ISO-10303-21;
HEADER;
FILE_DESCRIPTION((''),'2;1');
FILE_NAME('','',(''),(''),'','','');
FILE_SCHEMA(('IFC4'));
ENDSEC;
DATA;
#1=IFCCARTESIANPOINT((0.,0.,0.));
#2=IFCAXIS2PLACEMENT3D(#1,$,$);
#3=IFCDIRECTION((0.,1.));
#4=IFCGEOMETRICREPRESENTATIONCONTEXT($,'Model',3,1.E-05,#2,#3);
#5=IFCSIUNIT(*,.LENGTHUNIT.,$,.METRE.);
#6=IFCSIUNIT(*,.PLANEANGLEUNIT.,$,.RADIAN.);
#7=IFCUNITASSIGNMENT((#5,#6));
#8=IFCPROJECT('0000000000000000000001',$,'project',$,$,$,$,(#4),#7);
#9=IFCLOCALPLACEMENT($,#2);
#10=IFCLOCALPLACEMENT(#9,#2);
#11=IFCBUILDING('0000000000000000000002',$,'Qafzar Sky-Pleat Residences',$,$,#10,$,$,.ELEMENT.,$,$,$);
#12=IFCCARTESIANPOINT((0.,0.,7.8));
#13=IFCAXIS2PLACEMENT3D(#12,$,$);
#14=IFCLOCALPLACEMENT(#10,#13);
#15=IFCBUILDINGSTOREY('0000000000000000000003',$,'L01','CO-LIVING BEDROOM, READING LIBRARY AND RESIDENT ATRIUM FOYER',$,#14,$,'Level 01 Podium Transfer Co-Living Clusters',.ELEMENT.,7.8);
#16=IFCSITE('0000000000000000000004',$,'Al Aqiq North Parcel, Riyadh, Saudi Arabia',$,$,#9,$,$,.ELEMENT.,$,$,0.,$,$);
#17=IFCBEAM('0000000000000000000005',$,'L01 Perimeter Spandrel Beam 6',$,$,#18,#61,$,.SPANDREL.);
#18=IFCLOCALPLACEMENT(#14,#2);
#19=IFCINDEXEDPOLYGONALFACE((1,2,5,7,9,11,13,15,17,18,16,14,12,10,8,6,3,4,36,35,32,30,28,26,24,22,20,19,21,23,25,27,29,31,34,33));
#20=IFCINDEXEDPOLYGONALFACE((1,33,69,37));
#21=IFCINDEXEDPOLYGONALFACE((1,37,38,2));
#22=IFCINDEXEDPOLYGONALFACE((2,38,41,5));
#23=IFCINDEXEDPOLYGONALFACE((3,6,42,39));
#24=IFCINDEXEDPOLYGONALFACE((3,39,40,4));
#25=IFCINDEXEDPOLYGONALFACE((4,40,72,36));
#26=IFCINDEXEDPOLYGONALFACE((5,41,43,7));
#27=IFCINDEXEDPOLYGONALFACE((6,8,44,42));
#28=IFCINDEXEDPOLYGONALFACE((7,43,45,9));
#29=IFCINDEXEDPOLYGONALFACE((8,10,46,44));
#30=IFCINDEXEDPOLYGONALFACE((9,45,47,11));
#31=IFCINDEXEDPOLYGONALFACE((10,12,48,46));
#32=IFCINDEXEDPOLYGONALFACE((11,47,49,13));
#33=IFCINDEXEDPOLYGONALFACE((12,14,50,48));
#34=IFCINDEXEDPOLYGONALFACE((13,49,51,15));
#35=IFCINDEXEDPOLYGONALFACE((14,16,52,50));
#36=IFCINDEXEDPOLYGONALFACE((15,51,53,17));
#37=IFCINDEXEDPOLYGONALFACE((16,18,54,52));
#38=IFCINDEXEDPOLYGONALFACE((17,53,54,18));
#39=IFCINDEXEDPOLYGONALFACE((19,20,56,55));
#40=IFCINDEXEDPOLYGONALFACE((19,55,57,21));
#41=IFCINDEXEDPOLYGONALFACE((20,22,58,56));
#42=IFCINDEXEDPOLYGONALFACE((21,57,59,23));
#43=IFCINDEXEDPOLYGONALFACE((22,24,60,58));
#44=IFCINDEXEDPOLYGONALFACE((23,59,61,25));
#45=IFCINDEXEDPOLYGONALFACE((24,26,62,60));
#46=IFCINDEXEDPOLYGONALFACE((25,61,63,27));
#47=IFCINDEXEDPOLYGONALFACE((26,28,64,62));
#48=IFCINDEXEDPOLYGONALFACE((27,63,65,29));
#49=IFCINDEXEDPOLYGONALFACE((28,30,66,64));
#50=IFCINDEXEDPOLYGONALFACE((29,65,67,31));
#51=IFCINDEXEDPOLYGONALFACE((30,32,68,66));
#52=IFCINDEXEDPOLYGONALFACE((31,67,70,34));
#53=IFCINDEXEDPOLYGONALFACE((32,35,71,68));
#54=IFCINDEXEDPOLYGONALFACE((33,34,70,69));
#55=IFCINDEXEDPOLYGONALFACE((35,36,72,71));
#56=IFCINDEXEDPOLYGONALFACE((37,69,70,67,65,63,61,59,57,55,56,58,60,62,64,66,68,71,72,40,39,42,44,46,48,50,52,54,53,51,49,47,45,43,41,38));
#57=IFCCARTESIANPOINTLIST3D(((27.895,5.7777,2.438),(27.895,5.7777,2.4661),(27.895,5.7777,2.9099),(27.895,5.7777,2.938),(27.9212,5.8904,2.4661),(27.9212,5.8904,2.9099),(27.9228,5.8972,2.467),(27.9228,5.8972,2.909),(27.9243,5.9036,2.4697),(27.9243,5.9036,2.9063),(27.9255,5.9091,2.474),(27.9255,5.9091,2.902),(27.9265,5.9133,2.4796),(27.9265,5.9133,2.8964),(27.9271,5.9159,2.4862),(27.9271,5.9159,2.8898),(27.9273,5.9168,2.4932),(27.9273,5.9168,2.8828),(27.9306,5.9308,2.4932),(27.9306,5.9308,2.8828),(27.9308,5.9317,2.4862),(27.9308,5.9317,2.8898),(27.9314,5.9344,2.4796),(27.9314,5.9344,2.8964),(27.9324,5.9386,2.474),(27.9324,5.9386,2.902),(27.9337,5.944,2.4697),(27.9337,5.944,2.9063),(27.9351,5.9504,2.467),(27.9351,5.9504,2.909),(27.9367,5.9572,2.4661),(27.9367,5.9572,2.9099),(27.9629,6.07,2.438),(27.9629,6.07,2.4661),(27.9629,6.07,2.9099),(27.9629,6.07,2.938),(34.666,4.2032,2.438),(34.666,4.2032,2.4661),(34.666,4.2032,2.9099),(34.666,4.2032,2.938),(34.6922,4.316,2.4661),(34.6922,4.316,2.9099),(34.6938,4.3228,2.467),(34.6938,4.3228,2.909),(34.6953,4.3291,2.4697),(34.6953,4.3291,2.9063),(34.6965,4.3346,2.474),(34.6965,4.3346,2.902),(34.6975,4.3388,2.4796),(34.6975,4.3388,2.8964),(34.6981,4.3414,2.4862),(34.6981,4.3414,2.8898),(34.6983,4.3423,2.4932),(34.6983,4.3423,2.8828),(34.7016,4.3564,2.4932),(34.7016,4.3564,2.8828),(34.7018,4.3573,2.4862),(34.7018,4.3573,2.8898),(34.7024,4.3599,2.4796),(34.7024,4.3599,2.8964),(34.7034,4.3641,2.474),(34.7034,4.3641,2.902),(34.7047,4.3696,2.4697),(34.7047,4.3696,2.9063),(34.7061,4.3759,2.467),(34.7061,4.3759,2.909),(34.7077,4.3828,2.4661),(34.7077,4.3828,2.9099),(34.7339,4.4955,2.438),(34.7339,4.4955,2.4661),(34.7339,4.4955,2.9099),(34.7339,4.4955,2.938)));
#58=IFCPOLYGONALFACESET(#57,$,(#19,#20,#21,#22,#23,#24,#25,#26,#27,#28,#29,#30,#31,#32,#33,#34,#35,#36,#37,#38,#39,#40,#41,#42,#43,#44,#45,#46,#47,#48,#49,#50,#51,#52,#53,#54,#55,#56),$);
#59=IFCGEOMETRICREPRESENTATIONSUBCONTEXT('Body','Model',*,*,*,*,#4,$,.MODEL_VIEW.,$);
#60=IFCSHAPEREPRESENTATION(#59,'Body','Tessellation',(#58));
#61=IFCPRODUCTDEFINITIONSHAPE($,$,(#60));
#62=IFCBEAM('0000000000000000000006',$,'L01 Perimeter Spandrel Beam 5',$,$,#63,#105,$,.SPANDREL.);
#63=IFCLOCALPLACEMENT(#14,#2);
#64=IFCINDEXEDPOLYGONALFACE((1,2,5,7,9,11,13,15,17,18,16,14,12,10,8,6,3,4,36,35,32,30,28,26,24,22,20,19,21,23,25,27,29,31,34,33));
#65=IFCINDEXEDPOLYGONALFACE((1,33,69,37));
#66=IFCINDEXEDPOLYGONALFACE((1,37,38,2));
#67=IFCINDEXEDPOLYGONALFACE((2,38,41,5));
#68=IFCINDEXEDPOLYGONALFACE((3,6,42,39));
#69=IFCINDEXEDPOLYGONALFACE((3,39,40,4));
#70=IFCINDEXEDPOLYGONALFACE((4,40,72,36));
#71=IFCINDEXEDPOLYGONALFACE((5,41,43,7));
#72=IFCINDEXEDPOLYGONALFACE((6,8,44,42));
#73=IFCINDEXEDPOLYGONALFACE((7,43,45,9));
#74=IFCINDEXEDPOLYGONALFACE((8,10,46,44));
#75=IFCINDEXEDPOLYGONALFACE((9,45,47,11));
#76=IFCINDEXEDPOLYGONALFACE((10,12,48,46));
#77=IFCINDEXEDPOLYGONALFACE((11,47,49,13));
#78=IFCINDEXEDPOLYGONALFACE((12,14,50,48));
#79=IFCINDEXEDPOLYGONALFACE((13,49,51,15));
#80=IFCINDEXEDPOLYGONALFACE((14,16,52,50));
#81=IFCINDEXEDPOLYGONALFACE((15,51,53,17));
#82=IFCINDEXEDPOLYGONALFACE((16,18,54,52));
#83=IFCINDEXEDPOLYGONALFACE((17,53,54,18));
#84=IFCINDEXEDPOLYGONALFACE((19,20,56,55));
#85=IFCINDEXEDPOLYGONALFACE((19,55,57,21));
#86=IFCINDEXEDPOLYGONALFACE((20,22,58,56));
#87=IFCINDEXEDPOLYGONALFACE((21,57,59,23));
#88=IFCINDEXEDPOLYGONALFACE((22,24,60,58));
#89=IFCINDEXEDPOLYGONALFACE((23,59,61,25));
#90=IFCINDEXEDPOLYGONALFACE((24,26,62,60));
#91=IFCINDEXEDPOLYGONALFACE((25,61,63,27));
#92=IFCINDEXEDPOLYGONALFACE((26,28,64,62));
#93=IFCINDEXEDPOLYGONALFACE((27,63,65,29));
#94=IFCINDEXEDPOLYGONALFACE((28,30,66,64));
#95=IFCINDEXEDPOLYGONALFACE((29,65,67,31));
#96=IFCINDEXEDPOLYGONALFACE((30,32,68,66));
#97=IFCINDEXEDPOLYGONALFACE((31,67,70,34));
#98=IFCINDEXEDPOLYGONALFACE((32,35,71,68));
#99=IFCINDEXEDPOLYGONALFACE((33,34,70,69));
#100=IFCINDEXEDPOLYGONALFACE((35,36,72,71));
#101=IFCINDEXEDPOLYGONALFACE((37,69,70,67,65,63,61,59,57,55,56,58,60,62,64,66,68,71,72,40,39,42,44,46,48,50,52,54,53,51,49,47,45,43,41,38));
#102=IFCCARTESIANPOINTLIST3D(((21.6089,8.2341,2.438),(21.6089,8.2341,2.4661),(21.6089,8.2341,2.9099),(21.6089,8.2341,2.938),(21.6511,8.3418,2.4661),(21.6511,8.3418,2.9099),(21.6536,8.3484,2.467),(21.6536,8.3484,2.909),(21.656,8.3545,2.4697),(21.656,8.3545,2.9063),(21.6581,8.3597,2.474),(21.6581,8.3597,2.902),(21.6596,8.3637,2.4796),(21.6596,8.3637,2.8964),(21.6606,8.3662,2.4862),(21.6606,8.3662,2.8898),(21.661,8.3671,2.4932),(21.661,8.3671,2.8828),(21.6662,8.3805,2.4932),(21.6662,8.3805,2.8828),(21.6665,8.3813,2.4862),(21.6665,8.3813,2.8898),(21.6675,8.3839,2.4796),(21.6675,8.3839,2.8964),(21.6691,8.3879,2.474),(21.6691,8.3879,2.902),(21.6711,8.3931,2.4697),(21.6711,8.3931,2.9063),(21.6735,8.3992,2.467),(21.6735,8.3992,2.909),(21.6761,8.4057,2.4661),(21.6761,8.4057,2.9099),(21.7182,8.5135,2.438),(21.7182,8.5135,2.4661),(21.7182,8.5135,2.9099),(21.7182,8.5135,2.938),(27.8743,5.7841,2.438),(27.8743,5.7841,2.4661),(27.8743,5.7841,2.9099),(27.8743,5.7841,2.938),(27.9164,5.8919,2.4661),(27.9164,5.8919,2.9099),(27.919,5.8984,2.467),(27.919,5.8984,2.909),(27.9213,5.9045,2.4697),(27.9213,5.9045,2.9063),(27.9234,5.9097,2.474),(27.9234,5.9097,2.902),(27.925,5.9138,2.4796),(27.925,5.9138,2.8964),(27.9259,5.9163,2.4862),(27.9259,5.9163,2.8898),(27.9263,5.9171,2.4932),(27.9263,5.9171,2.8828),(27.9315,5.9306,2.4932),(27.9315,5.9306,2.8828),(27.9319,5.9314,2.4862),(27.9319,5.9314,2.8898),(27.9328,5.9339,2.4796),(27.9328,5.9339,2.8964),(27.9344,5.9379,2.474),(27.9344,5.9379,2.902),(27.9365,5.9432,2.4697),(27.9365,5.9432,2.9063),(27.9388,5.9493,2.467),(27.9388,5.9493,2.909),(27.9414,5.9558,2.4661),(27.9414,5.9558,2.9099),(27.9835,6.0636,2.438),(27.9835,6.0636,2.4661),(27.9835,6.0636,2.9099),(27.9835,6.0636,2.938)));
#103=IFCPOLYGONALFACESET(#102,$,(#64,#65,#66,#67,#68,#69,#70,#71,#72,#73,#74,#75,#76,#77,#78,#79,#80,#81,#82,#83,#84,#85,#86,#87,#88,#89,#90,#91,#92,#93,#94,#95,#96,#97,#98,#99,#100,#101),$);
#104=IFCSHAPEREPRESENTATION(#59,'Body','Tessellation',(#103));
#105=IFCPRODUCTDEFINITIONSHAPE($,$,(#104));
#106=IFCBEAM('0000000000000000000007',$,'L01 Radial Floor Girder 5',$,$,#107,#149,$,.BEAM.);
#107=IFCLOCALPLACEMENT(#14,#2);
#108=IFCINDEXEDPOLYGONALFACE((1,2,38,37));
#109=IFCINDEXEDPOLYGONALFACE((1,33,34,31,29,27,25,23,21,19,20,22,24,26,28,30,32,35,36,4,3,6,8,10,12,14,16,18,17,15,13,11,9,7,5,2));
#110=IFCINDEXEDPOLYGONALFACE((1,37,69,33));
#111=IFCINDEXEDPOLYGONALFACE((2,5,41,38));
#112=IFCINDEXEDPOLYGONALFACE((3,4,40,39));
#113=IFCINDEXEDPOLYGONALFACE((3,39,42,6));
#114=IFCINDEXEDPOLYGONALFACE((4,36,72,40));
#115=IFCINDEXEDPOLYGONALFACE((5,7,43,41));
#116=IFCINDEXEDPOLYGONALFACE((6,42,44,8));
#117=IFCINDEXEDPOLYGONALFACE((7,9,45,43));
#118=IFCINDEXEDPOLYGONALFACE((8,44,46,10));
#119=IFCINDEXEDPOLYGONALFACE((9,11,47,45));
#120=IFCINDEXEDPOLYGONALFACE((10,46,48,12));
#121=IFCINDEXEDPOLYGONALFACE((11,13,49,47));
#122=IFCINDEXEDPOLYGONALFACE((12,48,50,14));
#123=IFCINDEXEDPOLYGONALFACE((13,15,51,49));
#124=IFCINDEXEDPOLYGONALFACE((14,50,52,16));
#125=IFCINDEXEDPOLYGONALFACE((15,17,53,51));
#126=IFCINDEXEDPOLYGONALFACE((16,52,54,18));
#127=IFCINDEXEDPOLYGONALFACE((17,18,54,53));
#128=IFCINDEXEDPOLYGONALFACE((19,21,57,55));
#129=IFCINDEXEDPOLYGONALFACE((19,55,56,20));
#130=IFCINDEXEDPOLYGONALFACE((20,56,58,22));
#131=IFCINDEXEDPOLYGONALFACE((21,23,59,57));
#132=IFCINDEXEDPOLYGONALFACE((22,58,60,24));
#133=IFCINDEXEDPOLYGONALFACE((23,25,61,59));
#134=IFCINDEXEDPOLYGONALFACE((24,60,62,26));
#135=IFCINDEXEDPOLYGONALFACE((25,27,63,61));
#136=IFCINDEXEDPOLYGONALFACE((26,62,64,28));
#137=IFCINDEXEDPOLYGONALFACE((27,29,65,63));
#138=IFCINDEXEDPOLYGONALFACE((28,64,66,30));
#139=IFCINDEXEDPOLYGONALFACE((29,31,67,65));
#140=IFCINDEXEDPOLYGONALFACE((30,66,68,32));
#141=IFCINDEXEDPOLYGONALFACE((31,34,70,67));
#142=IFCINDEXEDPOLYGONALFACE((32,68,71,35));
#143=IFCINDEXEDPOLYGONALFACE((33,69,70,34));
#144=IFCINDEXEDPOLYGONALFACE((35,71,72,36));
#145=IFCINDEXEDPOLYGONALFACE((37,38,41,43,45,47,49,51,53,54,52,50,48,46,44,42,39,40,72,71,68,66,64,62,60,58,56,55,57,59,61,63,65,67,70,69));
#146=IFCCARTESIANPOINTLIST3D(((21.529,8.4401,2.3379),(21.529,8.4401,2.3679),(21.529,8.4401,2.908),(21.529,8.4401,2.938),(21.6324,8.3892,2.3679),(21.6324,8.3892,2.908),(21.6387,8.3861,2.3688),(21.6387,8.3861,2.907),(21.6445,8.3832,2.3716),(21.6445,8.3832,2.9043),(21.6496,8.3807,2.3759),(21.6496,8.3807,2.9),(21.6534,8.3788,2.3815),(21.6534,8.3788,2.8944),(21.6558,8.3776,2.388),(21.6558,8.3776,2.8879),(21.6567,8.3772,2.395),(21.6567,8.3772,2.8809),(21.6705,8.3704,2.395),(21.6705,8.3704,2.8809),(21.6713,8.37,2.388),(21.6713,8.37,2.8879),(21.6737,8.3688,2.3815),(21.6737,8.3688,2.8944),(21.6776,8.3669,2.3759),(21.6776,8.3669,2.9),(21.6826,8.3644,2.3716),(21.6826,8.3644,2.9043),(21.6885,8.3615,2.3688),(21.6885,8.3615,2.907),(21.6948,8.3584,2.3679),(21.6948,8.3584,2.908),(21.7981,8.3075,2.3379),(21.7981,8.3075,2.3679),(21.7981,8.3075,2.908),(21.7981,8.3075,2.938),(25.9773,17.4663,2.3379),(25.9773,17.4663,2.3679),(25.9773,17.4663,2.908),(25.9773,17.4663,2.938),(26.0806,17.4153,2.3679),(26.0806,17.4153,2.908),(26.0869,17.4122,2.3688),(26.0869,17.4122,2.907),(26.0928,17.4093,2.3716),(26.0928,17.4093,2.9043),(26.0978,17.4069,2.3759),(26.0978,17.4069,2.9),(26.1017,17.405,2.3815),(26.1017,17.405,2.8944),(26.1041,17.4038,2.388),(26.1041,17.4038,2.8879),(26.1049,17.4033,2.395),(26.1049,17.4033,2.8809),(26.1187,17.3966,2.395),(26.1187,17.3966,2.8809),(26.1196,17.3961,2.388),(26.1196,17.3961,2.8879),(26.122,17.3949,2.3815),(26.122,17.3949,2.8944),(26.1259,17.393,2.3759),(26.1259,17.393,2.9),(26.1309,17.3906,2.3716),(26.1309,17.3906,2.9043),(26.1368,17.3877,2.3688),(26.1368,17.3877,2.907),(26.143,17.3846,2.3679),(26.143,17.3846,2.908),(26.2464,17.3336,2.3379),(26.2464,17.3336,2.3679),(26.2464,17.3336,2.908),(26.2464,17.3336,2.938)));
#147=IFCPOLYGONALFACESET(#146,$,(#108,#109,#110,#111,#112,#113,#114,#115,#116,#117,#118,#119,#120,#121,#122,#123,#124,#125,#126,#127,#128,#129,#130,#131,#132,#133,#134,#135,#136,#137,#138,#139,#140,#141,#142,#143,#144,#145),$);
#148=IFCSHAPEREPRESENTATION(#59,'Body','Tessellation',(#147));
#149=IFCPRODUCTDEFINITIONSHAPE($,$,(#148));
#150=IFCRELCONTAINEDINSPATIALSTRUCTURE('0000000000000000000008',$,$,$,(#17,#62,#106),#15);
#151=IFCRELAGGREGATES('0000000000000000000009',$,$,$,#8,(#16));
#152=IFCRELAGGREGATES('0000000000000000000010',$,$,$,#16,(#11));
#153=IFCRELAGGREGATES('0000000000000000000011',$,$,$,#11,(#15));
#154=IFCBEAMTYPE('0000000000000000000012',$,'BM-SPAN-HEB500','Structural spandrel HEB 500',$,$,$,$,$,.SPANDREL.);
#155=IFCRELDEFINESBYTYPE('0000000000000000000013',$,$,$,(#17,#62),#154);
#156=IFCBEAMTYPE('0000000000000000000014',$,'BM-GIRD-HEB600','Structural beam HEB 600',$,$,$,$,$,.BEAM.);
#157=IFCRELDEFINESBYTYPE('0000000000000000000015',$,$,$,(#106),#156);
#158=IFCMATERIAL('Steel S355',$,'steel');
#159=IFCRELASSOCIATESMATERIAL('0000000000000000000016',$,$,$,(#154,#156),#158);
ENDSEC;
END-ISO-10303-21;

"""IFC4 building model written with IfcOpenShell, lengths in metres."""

from ifc_helpers import new_model, si_unit, direction, frame, origin, origin_2d, place, context, subcontext, project, spatial, i_section, extrude, source, transform, mapped, material, material_profile, profile_set, type_object, element, save


model = new_model("IFC4")

# Units and contexts
model_context = context("Model", 3, precision=1e-05, world=origin(), true_north=direction((0.0, 1.0)))
body_context = subcontext(model_context, "Body", "Model", "MODEL_VIEW")
ifc_project = project(units=[si_unit("LENGTHUNIT", "METRE"), si_unit("PLANEANGLEUNIT", "RADIAN")], contexts=[model_context])

# Site, building, storey
site_placement = place(None, origin())
site = spatial("IfcSite", under=ifc_project, at=site_placement, Name="Al Aqiq North Parcel, Riyadh, Saudi Arabia", CompositionType="ELEMENT", RefElevation=0.0)
building_placement = place(site_placement, origin())
building = spatial("IfcBuilding", under=site, at=building_placement, Name="Qafzar Sky-Pleat Residences", CompositionType="ELEMENT")
storey_placement = place(building_placement, frame((0.0, 0.0, 7.8)))
storey = spatial("IfcBuildingStorey", under=building, at=storey_placement, Name="L01", Description="CO-LIVING BEDROOM, READING LIBRARY AND RESIDENT ATRIUM FOYER", LongName="Level 01 Podium Transfer Co-Living Clusters", CompositionType="ELEMENT", Elevation=7.8)

# Beams
ifc_material_1 = material(Name="Steel S355", Category="steel")
ifc_material_profile_1 = material_profile(ifc_material_1, i_section(OverallWidth=0.3, OverallDepth=0.5, WebThickness=0.0144, FlangeThickness=0.0281, FilletRadius=0.0271, at=origin_2d()), Name="HEB 500")
ifc_profile_set_1 = profile_set([ifc_material_profile_1], Name="Steel S355")
beam_type_1 = type_object("IfcBeamType", Name="BM-SPAN-HEB500", Description="Structural spandrel HEB 500", PredefinedType="SPANDREL", material=ifc_profile_set_1)
shared_shape_1 = source(origin(), body_context, "Body", "SweptSolid", [
    extrude(i_section(OverallWidth=0.3, OverallDepth=0.5, WebThickness=0.0144, FlangeThickness=0.0281, FilletRadius=0.0271, at=origin_2d()), origin(), (0.0, 0.0, 1.0), 6.9517),
])
beam_1_placement = place(storey_placement, frame((27.929, 5.9238, 2.688), z_axis=(0.974014, -0.226488, 0.0), x_axis=(0.226488, 0.974014, 0.0)))
element("IfcBeam", 1, at=beam_1_placement, inside=storey, type_object=beam_type_1, Name="L01 Perimeter Spandrel Beam 6", PredefinedType="SPANDREL", context=body_context, shape_type="MappedRepresentation", body=[
    mapped(shared_shape_1, transform((0.0, 0.0, 0.0), x_axis=(1.0, 0.0, 0.0), y_axis=(0.0, 1.0, 0.0), z_axis=(0.0, 0.0, 1.0), scale=1.0)),
])
shared_shape_2 = source(origin(), body_context, "Body", "SweptSolid", [
    extrude(i_section(OverallWidth=0.3, OverallDepth=0.5, WebThickness=0.0144, FlangeThickness=0.0281, FilletRadius=0.0271, at=origin_2d()), origin(), (0.0, 0.0, 1.0), 6.7273),
])
beam_2_placement = place(storey_placement, frame((21.6636, 8.3738, 2.688), z_axis=(0.931329, -0.364178, 0.0), x_axis=(0.364178, 0.931329, 0.0)))
element("IfcBeam", 2, at=beam_2_placement, inside=storey, type_object=beam_type_1, Name="L01 Perimeter Spandrel Beam 5", PredefinedType="SPANDREL", context=body_context, shape_type="MappedRepresentation", body=[
    mapped(shared_shape_2, transform((0.0, 0.0, 0.0), x_axis=(1.0, 0.0, 0.0), y_axis=(0.0, 1.0, 0.0), z_axis=(0.0, 0.0, 1.0), scale=1.0)),
])
ifc_material_profile_2 = material_profile(ifc_material_1, i_section(OverallWidth=0.3, OverallDepth=0.6001, WebThickness=0.0154, FlangeThickness=0.03, FilletRadius=0.0271, at=origin_2d()), Name="HEB 600")
ifc_profile_set_2 = profile_set([ifc_material_profile_2], Name="Steel S355")
beam_type_2 = type_object("IfcBeamType", Name="BM-GIRD-HEB600", Description="Structural beam HEB 600", PredefinedType="BEAM", material=ifc_profile_set_2)
shared_shape_3 = source(origin(), body_context, "Body", "SweptSolid", [
    extrude(i_section(OverallWidth=0.3, OverallDepth=0.6001, WebThickness=0.0154, FlangeThickness=0.03, FilletRadius=0.0271, at=origin_2d()), origin(), (0.0, 0.0, 1.0), 10.0627),
])
beam_3_placement = place(storey_placement, frame((21.6636, 8.3738, 2.6379), z_axis=(0.442053, 0.896989, 0.0), x_axis=(-0.896989, 0.442053, 0.0)))
element("IfcBeam", 3, at=beam_3_placement, inside=storey, type_object=beam_type_2, Name="L01 Radial Floor Girder 5", PredefinedType="BEAM", context=body_context, shape_type="MappedRepresentation", body=[
    mapped(shared_shape_3, transform((0.0, 0.0, 0.0), x_axis=(1.0, 0.0, 0.0), y_axis=(0.0, 1.0, 0.0), z_axis=(0.0, 0.0, 1.0), scale=1.0)),
])

save(model, "model.ifc")
